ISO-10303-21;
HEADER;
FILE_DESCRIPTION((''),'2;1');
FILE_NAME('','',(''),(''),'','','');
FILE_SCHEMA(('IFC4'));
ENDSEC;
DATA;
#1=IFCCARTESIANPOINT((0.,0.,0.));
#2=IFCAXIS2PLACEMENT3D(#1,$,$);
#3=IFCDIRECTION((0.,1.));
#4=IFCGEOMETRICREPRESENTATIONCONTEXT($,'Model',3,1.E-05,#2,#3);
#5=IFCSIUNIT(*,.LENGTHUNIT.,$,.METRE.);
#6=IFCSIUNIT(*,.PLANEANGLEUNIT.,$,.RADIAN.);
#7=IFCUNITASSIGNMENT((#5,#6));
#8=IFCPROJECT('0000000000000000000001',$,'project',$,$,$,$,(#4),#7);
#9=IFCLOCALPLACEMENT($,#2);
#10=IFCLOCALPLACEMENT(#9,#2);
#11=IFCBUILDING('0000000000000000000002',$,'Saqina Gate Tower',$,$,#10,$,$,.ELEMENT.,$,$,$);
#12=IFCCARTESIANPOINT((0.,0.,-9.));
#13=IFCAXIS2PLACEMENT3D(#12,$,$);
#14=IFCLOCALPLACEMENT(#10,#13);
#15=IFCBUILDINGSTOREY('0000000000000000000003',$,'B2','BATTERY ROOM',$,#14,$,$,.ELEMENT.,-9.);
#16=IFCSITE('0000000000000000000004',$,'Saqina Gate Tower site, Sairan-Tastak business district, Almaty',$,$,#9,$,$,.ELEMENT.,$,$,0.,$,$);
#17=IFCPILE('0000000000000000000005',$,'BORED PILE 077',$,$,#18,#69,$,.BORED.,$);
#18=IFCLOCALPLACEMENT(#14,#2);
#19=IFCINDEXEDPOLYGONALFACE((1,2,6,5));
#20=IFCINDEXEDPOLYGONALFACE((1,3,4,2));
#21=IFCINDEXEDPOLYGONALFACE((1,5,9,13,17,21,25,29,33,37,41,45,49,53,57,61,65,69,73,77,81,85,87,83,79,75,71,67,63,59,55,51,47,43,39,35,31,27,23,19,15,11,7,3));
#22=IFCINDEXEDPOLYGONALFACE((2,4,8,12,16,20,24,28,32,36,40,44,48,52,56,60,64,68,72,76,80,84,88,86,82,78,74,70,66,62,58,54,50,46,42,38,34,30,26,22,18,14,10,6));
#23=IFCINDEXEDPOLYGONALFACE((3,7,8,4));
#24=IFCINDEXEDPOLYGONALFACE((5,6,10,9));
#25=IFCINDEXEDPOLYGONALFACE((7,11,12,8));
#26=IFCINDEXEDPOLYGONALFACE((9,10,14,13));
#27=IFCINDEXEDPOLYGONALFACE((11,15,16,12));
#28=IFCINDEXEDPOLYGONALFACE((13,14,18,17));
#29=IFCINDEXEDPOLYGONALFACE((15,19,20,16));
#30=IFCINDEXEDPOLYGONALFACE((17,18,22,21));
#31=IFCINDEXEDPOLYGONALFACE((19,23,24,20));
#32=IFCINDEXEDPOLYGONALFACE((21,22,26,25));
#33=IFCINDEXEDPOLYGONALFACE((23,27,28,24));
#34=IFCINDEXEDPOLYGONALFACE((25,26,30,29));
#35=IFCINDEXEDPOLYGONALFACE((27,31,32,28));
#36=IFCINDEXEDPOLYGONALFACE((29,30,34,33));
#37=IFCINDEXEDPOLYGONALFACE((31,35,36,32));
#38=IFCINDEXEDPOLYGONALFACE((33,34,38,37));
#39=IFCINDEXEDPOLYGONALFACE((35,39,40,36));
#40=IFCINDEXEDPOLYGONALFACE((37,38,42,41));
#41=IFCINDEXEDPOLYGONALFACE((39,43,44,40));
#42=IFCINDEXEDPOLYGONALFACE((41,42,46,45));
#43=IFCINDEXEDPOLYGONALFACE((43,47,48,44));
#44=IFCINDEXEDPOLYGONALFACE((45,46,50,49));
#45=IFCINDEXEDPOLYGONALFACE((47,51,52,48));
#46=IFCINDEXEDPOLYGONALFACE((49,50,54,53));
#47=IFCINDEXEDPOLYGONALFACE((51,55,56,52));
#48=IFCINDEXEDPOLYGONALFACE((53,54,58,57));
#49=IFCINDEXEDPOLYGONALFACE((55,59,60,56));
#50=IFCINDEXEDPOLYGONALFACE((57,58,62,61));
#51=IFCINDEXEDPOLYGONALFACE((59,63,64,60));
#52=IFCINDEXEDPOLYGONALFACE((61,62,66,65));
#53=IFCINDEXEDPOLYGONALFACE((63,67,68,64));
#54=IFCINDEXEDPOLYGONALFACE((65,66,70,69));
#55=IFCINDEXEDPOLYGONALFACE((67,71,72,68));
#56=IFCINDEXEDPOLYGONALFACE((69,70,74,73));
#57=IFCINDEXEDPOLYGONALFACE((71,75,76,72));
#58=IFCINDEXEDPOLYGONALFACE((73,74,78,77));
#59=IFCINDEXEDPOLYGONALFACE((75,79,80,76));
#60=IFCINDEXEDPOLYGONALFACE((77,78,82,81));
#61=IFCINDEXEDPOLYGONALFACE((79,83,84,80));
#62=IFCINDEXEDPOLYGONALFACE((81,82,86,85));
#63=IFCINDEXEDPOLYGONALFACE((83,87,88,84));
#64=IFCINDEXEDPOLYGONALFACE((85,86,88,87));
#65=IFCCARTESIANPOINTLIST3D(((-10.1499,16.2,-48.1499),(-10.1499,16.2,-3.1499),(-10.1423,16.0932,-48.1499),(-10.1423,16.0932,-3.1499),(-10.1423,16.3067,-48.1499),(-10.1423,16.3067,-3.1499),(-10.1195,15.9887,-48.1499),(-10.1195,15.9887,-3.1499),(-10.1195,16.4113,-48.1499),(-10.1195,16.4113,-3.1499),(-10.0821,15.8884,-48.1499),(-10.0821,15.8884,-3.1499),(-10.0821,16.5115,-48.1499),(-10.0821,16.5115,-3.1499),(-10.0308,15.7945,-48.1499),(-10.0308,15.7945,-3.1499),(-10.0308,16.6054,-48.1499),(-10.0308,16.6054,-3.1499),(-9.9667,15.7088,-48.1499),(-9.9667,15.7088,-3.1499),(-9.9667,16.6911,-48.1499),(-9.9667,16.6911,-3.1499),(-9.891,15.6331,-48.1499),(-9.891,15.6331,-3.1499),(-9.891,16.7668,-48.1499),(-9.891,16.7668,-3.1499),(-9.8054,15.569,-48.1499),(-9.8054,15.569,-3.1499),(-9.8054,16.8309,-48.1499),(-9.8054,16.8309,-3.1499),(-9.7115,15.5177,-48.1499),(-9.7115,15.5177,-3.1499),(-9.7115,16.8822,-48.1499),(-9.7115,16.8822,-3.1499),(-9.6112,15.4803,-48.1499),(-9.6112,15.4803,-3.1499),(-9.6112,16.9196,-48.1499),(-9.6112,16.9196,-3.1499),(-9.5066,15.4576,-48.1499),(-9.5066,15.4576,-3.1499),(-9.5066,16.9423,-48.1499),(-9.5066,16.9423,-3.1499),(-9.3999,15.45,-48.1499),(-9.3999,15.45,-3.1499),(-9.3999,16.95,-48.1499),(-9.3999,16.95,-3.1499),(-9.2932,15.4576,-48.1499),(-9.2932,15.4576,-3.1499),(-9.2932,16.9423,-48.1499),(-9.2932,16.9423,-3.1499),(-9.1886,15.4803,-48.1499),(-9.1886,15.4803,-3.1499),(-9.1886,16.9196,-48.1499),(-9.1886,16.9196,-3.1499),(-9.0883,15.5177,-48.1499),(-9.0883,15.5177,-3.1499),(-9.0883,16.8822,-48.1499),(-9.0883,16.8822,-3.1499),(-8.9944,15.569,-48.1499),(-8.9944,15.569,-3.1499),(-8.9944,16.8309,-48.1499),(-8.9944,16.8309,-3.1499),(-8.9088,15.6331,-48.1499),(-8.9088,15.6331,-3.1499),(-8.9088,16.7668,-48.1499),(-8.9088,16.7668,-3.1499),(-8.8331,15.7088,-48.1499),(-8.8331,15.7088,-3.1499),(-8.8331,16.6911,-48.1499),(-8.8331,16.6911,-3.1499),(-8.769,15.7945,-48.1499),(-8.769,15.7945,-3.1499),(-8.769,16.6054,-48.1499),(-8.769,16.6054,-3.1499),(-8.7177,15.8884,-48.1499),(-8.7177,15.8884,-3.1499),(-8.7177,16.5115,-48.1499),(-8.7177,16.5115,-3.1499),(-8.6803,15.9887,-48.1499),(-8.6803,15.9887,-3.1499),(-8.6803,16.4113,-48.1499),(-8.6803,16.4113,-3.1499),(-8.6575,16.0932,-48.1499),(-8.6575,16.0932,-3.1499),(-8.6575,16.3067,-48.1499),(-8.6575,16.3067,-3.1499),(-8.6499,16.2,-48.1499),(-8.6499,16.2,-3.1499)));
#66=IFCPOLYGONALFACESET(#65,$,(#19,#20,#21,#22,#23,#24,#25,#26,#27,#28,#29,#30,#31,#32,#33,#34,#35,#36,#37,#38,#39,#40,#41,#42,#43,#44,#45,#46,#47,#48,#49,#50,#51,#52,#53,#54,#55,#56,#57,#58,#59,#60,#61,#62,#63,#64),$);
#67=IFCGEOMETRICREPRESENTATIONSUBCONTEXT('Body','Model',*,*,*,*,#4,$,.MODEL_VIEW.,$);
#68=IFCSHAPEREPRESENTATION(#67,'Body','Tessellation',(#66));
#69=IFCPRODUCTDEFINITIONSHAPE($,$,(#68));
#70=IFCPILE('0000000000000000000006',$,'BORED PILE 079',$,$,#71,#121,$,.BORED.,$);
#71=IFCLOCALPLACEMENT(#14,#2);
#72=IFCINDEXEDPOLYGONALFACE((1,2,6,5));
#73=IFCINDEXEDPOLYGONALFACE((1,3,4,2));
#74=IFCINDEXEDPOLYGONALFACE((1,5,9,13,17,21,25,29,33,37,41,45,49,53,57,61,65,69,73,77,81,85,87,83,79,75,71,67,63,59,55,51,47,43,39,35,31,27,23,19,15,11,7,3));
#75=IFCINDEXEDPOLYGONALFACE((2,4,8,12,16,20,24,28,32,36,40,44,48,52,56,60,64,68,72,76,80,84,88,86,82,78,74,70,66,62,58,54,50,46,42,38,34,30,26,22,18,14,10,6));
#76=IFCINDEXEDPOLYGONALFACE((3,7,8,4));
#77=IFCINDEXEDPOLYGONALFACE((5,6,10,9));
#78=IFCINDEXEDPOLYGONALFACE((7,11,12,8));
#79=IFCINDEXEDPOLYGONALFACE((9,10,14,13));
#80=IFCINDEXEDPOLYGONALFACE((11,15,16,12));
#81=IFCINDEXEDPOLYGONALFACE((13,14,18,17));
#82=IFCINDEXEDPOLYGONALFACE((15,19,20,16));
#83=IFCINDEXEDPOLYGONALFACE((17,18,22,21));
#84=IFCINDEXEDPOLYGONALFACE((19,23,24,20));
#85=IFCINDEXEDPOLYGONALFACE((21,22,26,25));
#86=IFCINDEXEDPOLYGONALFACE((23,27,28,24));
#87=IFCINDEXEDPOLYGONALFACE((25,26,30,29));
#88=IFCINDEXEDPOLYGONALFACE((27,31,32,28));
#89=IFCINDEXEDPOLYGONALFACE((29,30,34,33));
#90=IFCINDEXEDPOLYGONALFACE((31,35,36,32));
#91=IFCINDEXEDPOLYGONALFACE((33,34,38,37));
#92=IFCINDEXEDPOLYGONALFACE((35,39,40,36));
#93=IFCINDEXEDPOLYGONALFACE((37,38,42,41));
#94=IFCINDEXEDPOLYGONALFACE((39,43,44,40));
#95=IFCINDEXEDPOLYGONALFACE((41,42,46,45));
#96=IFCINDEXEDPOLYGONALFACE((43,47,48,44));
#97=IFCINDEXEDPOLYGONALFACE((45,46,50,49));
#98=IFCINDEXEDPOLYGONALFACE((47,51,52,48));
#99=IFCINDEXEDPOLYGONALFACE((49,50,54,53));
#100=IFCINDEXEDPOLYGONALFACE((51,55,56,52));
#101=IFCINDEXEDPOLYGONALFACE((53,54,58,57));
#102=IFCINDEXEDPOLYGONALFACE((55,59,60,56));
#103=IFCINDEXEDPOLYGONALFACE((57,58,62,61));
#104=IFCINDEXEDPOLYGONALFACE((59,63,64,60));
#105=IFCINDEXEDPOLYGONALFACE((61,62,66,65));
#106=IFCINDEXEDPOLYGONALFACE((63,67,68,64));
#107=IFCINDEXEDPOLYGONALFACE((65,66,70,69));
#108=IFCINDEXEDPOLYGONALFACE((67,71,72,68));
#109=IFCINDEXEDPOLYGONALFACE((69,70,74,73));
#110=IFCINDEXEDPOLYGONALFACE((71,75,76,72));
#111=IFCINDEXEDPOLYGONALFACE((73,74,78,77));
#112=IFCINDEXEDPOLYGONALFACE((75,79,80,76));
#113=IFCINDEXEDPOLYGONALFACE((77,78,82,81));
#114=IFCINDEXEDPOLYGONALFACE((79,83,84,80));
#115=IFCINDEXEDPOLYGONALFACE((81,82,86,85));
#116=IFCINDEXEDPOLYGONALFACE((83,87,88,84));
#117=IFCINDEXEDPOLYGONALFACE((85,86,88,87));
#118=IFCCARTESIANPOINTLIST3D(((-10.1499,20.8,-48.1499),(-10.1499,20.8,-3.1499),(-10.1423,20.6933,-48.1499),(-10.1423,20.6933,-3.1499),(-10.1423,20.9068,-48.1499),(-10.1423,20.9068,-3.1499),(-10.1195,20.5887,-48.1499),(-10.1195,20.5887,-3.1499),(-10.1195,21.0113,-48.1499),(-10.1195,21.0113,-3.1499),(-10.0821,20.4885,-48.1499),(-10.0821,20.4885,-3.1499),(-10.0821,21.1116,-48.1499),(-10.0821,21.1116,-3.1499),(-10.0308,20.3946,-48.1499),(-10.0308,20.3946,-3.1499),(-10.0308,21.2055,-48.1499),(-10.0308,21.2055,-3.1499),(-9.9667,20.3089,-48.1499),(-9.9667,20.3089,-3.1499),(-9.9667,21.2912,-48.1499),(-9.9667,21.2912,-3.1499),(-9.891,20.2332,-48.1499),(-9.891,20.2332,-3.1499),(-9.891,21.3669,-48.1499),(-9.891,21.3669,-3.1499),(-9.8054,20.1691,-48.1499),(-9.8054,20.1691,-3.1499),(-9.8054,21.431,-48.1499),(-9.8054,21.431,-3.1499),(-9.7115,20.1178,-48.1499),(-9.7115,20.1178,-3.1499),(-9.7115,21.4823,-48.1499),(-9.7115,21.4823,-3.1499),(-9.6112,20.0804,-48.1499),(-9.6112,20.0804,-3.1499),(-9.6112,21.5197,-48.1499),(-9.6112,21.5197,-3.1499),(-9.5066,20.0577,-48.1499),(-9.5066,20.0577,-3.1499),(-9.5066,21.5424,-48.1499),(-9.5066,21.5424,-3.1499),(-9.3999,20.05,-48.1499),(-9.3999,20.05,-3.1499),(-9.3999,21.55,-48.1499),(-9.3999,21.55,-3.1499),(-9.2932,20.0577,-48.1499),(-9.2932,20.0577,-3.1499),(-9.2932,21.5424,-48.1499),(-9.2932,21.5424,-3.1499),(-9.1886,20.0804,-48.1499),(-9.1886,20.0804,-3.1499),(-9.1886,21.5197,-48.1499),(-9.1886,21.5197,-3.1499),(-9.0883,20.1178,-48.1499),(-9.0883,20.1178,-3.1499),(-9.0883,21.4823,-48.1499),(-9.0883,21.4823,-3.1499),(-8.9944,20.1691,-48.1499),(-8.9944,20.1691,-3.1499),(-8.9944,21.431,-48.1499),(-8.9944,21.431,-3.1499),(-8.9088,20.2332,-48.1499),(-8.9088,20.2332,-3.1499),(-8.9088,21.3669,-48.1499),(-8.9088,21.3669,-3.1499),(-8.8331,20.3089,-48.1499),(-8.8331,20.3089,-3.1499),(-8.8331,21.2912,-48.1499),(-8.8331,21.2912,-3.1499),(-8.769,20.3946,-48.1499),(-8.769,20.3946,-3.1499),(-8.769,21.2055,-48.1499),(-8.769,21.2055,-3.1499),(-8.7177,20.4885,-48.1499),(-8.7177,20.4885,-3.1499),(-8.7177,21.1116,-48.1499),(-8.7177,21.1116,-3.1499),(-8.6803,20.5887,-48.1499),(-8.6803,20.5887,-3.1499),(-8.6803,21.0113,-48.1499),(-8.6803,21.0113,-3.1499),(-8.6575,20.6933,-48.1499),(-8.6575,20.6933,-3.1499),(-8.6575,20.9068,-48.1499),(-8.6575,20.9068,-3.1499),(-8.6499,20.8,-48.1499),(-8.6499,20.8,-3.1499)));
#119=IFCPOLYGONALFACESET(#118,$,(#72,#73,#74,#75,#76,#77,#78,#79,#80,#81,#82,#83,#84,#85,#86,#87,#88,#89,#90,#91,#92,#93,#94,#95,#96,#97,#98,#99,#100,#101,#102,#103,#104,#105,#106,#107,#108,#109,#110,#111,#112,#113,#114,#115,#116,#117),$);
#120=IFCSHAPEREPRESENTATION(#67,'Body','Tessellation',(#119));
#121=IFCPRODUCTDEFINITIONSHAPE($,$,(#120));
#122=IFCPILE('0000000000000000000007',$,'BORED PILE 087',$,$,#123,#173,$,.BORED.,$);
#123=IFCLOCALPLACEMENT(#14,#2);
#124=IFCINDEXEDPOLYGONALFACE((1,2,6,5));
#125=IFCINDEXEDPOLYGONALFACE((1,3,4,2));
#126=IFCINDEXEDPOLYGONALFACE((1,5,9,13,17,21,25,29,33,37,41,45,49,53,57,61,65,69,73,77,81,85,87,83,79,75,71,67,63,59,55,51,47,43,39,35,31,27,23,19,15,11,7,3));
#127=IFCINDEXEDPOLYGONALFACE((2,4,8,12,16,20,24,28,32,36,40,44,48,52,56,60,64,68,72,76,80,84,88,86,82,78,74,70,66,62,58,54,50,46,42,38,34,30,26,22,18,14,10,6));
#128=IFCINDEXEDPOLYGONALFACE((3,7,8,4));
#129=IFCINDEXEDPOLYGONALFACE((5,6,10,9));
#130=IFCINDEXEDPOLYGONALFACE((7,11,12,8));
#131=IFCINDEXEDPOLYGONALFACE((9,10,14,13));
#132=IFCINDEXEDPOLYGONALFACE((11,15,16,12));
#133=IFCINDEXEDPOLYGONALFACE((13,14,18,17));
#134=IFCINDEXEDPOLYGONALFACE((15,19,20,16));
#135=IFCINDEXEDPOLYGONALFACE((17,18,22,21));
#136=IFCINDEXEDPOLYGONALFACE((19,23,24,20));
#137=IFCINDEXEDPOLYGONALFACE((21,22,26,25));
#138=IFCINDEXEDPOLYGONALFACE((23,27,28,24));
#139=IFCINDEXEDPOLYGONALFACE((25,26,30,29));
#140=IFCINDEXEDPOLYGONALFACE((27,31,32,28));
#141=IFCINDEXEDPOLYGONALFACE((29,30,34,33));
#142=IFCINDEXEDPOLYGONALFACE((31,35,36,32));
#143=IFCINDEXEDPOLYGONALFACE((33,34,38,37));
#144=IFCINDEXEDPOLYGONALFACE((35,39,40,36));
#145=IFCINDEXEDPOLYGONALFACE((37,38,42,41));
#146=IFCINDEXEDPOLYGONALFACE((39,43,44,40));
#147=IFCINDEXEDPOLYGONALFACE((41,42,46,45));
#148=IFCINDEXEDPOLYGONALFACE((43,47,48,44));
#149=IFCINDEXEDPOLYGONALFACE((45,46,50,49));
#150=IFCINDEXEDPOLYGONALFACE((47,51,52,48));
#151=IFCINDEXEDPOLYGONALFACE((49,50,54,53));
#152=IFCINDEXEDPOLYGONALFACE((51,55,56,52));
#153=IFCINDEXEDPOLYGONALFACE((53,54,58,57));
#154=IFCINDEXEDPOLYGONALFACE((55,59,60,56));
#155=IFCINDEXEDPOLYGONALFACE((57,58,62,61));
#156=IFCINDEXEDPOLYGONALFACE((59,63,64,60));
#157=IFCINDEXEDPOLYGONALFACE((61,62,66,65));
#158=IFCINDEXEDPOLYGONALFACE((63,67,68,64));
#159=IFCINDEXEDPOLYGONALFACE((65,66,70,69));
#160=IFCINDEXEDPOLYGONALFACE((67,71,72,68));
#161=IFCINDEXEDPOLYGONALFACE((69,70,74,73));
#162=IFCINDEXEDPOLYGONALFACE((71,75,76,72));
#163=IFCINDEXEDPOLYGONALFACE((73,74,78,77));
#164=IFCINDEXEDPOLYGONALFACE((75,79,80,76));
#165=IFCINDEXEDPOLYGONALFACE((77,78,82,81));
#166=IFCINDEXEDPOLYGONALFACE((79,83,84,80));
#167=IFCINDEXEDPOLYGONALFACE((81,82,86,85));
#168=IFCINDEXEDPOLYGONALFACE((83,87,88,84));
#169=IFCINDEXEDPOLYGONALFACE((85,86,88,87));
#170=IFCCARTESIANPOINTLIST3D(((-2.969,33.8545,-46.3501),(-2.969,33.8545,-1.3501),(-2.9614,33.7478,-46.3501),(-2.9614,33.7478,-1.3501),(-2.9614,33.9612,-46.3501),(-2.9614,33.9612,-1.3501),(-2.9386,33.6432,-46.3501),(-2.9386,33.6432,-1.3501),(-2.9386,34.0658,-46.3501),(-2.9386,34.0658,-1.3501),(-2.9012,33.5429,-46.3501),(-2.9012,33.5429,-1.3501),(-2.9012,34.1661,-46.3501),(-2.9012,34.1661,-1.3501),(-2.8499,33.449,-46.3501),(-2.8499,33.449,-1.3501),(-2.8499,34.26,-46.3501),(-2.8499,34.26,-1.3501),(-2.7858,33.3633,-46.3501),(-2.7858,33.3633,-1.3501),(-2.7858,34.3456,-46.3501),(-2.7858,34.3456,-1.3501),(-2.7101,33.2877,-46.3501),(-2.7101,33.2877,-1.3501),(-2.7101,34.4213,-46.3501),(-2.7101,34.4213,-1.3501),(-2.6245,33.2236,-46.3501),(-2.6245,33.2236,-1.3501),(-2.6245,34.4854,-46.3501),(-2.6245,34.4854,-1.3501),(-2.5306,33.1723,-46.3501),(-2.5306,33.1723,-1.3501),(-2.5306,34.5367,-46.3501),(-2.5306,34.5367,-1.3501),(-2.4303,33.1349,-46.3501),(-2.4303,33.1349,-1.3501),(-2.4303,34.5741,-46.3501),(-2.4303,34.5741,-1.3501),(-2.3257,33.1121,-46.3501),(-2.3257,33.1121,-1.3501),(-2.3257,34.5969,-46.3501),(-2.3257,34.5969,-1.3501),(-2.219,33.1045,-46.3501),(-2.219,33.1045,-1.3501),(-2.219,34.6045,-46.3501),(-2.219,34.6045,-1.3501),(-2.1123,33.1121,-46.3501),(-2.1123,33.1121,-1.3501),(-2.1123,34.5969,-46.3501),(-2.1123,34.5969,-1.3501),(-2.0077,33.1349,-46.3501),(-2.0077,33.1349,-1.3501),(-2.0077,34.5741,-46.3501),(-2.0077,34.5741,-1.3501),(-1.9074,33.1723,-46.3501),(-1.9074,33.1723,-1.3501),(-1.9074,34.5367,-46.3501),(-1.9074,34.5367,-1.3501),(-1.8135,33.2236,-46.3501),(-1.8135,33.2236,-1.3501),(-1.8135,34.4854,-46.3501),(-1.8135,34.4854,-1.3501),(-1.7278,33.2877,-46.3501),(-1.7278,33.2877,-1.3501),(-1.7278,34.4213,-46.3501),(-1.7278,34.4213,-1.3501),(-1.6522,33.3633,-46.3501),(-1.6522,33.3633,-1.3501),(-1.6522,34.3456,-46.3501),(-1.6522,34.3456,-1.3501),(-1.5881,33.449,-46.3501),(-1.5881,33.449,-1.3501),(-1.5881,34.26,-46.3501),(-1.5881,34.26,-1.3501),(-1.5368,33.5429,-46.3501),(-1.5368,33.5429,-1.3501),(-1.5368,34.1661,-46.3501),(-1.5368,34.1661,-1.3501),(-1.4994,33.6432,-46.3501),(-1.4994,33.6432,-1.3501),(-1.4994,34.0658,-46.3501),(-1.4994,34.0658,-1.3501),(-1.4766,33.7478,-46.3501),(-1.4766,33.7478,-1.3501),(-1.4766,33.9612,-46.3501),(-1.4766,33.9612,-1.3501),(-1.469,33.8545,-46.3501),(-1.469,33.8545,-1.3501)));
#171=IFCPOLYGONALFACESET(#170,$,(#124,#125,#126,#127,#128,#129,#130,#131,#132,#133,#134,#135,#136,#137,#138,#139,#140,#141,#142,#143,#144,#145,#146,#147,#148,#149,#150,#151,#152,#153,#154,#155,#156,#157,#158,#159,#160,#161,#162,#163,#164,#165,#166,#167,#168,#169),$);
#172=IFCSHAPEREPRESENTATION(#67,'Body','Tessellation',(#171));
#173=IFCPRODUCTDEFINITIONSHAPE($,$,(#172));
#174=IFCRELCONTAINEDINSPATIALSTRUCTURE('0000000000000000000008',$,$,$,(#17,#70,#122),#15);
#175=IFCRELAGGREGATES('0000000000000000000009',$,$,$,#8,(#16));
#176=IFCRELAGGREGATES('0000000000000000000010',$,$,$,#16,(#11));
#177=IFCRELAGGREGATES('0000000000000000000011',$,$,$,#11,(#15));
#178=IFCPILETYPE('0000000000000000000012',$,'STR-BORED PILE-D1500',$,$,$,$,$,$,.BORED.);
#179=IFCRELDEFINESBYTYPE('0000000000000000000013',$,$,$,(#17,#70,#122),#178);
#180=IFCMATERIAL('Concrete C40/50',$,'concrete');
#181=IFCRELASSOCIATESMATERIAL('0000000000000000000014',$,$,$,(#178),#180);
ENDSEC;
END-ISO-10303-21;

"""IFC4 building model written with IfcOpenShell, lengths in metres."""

from ifc_helpers import new_model, si_unit, direction, frame, origin, origin_2d, place, context, subcontext, project, spatial, circle, extrude, material, material_profile, profile_set, type_object, element, save


model = new_model("IFC4")

# Units and contexts
model_context = context("Model", 3, precision=1e-05, world=origin(), true_north=direction((0.0, 1.0)))
body_context = subcontext(model_context, "Body", "Model", "MODEL_VIEW")
ifc_project = project(units=[si_unit("LENGTHUNIT", "METRE"), si_unit("PLANEANGLEUNIT", "RADIAN")], contexts=[model_context])

# Site, building, storey
site_placement = place(None, origin())
site = spatial("IfcSite", under=ifc_project, at=site_placement, Name="Saqina Gate Tower site, Sairan-Tastak business district, Almaty", CompositionType="ELEMENT", RefElevation=0.0)
building_placement = place(site_placement, origin())
building = spatial("IfcBuilding", under=site, at=building_placement, Name="Saqina Gate Tower", CompositionType="ELEMENT")
storey_placement = place(building_placement, frame((0.0, 0.0, -9.0)))
storey = spatial("IfcBuildingStorey", under=building, at=storey_placement, Name="B2", Description="BATTERY ROOM", CompositionType="ELEMENT", Elevation=-9.0)

# Piles
ifc_material_1 = material(Name="Concrete C40/50", Category="concrete")
ifc_material_profile_1 = material_profile(ifc_material_1, circle(Radius=0.75, at=origin_2d()), Name="RC D1500")
ifc_profile_set_1 = profile_set([ifc_material_profile_1], Name="Concrete C40/50")
pile_type = type_object("IfcPileType", Name="STR-BORED PILE-D1500", PredefinedType="BORED", material=ifc_profile_set_1)
for number, where, z_axis, x_axis, name in (
    (1, (-9.3999, 16.2, -3.1499), (0.0, 0.0, -1.0), (1.0, 0.0, 0.0), "BORED PILE 077"),
    (2, (-9.3999, 20.8, -3.1499), (0.0, 0.0, -1.0), (1.0, 0.0, 0.0), "BORED PILE 079"),
    (3, (-2.219, 33.8545, -1.3501), (0.0, 0.0, -1.0), (1.0, 0.0, 0.0), "BORED PILE 087"),
):
    element("IfcPile", number, at=place(storey_placement, frame(where, z_axis=z_axis, x_axis=x_axis)), inside=storey, type_object=pile_type, Name=name, PredefinedType="BORED", context=body_context, shape_type="SweptSolid", body=[
        extrude(circle(Radius=0.75, at=origin_2d()), origin(), (0.0, 0.0, 1.0), 45.0),
    ])

save(model, "model.ifc")
